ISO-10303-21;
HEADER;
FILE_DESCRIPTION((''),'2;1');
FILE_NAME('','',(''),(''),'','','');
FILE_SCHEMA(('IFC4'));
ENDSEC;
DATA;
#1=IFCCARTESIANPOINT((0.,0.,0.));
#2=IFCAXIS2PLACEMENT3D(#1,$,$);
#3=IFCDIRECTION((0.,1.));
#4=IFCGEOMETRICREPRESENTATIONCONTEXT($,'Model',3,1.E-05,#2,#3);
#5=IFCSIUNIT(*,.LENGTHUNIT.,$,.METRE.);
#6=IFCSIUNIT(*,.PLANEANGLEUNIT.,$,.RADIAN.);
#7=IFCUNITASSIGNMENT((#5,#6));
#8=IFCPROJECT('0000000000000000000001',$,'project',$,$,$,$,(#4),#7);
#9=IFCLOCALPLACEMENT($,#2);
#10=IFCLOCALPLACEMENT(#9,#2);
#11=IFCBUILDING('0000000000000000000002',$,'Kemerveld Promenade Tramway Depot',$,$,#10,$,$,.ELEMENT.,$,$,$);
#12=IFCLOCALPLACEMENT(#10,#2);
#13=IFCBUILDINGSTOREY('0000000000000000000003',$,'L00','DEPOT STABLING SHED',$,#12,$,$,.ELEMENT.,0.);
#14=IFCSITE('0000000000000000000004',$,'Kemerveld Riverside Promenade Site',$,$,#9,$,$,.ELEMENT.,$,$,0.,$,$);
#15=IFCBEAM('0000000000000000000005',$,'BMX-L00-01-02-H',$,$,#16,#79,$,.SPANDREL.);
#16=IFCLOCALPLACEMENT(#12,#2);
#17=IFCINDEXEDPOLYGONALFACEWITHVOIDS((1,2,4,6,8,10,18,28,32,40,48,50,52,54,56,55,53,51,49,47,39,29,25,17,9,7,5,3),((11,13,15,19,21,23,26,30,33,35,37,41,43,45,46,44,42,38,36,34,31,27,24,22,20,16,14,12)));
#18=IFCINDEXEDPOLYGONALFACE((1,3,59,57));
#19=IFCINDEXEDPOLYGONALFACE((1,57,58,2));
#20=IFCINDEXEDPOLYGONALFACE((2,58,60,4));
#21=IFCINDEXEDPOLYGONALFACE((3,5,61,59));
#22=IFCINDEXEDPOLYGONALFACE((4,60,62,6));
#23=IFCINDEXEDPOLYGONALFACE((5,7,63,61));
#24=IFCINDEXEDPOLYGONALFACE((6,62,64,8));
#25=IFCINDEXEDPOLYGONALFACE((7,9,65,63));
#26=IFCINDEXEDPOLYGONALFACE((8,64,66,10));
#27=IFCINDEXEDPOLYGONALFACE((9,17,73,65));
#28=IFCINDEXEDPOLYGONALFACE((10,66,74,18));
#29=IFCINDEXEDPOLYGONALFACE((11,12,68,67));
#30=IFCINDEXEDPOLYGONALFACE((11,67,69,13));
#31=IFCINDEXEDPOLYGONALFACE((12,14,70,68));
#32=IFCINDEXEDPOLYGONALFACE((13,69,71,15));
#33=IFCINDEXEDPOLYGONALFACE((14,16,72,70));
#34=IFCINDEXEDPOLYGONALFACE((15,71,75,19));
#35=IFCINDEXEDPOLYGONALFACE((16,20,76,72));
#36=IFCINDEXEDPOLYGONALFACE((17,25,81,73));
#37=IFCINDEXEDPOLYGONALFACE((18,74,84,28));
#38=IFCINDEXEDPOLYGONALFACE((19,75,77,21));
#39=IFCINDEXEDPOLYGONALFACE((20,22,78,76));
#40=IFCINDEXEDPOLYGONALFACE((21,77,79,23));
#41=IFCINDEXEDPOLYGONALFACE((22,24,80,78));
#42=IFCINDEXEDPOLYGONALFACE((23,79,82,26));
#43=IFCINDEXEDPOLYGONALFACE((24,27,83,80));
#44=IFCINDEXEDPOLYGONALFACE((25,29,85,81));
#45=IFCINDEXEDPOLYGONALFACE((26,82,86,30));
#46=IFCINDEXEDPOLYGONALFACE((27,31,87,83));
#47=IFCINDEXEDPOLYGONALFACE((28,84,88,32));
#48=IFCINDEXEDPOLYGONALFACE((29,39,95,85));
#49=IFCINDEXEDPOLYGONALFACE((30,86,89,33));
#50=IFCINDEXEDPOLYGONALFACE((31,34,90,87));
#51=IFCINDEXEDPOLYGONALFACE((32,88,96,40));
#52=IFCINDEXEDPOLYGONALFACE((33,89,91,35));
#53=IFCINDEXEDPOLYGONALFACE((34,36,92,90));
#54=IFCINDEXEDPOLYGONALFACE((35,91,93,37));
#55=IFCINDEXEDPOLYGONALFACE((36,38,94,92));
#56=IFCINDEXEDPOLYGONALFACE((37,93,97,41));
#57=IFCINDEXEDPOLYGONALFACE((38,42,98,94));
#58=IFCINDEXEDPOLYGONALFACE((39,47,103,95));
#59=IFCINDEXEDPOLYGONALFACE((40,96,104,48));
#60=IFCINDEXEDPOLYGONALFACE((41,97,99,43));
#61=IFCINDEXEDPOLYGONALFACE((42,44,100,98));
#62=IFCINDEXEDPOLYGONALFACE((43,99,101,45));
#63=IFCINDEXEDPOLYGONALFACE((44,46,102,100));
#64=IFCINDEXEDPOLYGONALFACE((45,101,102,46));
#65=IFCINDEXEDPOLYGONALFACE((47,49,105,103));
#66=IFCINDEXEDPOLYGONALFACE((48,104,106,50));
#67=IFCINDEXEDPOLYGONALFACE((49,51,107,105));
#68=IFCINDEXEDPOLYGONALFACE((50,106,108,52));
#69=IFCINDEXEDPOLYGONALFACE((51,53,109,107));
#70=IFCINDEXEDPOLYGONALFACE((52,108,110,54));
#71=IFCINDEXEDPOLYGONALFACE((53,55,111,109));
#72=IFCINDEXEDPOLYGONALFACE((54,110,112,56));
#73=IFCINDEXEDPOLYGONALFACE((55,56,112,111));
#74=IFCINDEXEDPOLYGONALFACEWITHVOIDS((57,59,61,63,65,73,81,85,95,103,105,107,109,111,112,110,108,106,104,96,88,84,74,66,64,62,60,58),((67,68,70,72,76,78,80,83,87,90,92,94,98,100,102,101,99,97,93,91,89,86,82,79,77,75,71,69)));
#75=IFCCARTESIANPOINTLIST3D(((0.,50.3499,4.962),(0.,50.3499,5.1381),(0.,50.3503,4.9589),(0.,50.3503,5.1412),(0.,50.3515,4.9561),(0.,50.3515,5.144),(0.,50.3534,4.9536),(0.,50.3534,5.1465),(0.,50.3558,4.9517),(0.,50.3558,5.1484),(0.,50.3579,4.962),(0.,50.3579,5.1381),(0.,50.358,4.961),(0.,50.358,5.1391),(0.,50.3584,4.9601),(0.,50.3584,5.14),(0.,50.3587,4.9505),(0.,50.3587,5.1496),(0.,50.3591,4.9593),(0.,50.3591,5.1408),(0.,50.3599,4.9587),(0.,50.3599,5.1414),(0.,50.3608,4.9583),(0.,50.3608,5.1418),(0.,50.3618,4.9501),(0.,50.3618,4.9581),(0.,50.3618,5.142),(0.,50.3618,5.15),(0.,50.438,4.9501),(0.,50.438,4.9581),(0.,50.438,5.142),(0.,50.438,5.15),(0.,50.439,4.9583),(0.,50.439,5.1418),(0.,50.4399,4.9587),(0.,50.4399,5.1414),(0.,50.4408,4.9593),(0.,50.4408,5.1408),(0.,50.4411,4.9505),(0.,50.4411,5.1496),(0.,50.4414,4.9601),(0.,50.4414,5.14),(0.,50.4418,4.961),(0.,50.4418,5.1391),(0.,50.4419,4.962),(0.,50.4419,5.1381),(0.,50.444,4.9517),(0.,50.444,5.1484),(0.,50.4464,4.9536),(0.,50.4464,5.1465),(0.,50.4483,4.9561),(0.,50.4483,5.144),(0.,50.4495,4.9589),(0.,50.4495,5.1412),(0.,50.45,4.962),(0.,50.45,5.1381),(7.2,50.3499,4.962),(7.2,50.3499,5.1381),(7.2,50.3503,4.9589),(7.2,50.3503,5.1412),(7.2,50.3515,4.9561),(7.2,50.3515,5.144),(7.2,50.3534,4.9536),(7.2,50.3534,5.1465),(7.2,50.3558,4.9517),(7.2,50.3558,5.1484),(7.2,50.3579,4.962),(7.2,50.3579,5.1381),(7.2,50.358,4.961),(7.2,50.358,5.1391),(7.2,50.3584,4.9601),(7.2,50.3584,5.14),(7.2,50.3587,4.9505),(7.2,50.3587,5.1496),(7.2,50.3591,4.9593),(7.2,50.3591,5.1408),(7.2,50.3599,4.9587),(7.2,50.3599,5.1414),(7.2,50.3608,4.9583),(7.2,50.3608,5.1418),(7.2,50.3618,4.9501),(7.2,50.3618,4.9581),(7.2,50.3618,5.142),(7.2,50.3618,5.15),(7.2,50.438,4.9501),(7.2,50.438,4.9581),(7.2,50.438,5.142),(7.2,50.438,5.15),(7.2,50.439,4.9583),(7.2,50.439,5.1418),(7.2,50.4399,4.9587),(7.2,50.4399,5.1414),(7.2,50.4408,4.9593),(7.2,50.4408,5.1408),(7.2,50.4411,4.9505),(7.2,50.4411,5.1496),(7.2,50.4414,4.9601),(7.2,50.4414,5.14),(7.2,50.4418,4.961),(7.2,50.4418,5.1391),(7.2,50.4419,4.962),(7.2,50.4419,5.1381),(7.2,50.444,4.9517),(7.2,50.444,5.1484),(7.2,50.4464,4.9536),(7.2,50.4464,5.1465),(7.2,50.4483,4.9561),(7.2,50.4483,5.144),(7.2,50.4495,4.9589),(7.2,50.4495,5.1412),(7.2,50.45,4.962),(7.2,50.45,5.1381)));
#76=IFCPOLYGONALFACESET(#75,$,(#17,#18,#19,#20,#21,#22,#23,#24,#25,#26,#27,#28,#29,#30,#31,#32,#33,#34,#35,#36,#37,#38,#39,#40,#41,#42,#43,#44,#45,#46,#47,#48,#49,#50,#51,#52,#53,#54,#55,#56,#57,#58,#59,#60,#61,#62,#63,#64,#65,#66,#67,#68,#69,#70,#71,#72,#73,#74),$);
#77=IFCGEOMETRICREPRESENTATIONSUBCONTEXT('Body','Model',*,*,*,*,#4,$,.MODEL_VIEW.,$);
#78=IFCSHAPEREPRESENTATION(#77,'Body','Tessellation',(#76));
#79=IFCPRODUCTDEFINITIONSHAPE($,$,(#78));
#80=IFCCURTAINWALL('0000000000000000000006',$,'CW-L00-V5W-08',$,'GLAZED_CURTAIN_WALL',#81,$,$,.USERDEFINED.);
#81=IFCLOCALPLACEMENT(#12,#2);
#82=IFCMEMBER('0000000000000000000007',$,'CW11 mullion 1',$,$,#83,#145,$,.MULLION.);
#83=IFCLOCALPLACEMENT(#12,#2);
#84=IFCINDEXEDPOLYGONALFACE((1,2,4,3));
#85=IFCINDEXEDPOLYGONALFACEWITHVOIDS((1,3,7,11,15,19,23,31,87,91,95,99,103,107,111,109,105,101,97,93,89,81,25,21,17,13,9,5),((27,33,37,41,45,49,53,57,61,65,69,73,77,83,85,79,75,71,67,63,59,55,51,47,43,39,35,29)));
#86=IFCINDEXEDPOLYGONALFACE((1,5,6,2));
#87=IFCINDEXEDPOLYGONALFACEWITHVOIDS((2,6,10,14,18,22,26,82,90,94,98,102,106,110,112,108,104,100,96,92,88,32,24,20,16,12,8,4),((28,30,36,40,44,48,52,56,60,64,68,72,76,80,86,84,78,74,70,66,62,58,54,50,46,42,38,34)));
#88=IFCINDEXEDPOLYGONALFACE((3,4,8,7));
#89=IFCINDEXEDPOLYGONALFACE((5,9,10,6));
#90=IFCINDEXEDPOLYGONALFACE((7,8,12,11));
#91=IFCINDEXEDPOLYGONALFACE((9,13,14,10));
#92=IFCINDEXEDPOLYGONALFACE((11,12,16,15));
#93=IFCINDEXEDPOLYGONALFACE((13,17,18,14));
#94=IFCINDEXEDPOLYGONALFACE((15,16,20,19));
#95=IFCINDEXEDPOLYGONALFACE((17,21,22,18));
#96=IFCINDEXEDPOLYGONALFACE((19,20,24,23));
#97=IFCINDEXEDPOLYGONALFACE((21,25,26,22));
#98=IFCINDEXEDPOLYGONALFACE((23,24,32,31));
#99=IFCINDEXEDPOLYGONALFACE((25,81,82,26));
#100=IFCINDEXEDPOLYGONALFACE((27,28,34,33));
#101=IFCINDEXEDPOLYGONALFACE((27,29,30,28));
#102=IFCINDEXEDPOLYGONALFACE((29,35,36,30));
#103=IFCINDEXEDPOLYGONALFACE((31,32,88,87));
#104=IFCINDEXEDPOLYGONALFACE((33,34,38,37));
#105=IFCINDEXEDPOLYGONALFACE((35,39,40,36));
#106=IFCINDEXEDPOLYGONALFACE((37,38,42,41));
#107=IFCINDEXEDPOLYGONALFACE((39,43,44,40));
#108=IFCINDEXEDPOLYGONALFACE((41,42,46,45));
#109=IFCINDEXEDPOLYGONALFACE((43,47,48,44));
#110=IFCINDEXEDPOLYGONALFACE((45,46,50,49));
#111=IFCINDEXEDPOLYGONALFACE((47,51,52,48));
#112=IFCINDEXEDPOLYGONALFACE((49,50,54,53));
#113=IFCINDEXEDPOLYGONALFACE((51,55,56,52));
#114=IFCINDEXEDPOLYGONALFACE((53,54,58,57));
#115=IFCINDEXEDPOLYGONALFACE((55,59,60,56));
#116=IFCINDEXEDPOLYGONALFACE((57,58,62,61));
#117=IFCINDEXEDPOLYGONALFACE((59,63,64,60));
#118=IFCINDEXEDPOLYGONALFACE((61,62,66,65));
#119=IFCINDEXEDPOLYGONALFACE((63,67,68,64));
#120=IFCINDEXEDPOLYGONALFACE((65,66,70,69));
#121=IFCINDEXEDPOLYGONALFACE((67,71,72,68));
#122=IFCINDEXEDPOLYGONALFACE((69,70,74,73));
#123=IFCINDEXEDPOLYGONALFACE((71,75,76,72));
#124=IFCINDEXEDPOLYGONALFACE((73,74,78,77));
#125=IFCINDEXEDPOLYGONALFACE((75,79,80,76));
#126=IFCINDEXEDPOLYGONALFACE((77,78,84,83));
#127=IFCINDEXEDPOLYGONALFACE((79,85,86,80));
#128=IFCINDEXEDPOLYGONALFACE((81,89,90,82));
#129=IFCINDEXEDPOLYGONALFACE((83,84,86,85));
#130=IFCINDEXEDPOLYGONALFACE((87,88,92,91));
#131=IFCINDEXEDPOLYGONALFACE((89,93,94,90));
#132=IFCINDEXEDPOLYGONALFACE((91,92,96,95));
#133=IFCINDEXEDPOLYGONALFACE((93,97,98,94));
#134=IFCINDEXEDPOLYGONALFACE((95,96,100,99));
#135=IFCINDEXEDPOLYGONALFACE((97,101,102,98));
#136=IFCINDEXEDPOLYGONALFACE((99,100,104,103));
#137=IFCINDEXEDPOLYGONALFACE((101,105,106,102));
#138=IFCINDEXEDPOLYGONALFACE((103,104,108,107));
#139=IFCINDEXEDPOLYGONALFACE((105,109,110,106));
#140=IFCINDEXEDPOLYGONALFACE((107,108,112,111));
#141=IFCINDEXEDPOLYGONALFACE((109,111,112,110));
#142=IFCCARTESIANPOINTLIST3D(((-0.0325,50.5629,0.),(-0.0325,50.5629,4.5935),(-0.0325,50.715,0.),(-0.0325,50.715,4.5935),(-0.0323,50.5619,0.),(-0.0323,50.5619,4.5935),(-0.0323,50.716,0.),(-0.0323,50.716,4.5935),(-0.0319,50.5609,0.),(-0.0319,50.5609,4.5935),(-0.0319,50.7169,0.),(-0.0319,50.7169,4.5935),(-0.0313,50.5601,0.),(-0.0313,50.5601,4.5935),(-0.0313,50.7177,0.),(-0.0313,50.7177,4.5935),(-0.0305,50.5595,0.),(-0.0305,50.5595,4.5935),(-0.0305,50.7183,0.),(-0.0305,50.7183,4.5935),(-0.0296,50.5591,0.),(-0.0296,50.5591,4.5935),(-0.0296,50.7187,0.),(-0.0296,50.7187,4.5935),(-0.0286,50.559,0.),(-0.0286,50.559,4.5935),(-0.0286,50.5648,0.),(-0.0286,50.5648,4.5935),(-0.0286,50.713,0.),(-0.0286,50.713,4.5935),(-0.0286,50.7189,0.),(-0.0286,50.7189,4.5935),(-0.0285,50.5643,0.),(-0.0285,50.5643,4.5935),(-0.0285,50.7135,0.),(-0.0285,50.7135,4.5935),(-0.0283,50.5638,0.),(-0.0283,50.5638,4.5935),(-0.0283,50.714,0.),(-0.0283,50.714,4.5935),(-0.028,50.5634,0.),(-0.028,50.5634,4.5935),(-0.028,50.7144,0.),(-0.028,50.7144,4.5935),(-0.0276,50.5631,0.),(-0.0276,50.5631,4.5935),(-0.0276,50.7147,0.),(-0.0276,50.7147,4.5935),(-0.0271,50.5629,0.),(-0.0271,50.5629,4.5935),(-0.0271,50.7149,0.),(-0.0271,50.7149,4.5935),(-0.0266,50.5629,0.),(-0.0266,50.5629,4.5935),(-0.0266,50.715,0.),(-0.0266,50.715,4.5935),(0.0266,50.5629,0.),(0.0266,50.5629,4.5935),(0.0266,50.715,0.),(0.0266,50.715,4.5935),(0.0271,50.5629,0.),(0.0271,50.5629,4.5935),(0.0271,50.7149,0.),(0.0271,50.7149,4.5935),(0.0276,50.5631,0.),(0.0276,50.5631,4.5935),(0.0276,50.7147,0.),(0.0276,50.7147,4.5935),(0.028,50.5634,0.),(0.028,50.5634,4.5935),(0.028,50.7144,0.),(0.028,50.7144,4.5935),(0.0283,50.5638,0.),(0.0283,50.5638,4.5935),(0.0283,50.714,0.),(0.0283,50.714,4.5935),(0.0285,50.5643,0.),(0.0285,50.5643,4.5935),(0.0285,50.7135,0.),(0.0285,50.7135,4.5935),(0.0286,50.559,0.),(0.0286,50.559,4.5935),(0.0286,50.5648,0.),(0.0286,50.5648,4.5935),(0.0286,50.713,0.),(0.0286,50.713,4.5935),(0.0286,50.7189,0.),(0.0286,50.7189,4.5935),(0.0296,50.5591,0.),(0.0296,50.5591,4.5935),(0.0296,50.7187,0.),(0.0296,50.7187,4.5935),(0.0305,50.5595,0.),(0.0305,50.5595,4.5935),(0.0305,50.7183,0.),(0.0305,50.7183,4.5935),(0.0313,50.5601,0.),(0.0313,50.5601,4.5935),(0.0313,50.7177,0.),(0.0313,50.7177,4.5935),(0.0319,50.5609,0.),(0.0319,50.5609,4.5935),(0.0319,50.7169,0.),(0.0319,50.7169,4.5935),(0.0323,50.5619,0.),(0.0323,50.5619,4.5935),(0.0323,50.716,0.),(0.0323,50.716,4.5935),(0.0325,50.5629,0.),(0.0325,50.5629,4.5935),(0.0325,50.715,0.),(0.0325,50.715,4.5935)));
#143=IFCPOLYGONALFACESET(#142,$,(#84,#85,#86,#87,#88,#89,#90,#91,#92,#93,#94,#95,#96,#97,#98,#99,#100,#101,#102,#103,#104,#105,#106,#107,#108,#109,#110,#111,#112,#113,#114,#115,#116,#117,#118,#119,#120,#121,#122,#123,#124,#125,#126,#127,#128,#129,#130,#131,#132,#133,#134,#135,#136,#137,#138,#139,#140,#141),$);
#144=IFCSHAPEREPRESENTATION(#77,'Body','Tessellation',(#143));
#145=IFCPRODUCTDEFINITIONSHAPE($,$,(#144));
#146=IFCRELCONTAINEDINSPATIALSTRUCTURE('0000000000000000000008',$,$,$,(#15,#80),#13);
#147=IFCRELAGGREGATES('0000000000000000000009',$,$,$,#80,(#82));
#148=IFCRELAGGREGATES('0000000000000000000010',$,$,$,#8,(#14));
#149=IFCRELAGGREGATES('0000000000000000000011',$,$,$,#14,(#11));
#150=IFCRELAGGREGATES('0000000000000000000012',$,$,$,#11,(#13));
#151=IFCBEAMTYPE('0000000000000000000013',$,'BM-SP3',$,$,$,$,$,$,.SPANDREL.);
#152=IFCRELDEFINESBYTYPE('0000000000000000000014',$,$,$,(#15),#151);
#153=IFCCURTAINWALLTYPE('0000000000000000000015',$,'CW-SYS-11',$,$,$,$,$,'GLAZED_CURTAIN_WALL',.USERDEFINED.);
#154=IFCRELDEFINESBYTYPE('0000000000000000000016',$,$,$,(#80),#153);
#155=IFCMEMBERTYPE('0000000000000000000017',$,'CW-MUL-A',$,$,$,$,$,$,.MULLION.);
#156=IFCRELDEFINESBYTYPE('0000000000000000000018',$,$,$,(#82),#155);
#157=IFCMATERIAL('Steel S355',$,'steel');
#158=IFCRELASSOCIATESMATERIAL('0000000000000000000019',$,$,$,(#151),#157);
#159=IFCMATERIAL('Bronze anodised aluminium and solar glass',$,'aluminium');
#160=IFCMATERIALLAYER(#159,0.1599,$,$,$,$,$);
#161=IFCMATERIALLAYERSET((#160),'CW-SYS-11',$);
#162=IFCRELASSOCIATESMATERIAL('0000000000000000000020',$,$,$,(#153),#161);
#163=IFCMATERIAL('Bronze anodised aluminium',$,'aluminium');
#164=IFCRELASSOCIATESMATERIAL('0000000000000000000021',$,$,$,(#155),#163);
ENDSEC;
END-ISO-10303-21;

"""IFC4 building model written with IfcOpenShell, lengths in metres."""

from ifc_helpers import new_model, si_unit, direction, frame, origin, origin_2d, place, context, subcontext, project, spatial, hollow_rectangle, extrude, material, layer, layer_set, material_profile, profile_set, type_object, element, aggregate, save


model = new_model("IFC4")

# Units and contexts
model_context = context("Model", 3, precision=1e-05, world=origin(), true_north=direction((0.0, 1.0)))
body_context = subcontext(model_context, "Body", "Model", "MODEL_VIEW")
ifc_project = project(units=[si_unit("LENGTHUNIT", "METRE"), si_unit("PLANEANGLEUNIT", "RADIAN")], contexts=[model_context])

# Site, building, storey
site_placement = place(None, origin())
site = spatial("IfcSite", under=ifc_project, at=site_placement, Name="Kemerveld Riverside Promenade Site", CompositionType="ELEMENT", RefElevation=0.0)
building_placement = place(site_placement, origin())
building = spatial("IfcBuilding", under=site, at=building_placement, Name="Kemerveld Promenade Tramway Depot", CompositionType="ELEMENT")
storey_placement = place(building_placement, origin())
storey = spatial("IfcBuildingStorey", under=building, at=storey_placement, Name="L00", Description="DEPOT STABLING SHED", CompositionType="ELEMENT", Elevation=0.0)

# Shared definitions
ifc_material_1 = material(Name="Steel S355", Category="steel")

# Beam
ifc_material_profile_1 = material_profile(ifc_material_1, hollow_rectangle(XDim=0.1001, YDim=0.2, WallThickness=0.0081, InnerFilletRadius=0.0039, OuterFilletRadius=0.012, at=origin_2d()), Name="200x100x8.0 RHS")
ifc_profile_set_1 = profile_set([ifc_material_profile_1], Name="Steel S355")
beam_type_1 = type_object("IfcBeamType", Name="BM-SP3", PredefinedType="SPANDREL", material=ifc_profile_set_1)
beam_1_placement = place(storey_placement, frame((0.0, 50.3999, 5.05), z_axis=(1.0, 0.0, 0.0), x_axis=(0.0, 1.0, 0.0)))
element("IfcBeam", 1, at=beam_1_placement, inside=storey, type_object=beam_type_1, Name="BMX-L00-01-02-H", PredefinedType="SPANDREL", context=body_context, shape_type="SweptSolid", body=[
    extrude(hollow_rectangle(XDim=0.1001, YDim=0.2, WallThickness=0.0081, InnerFilletRadius=0.0039, OuterFilletRadius=0.012, at=origin_2d()), origin(), (0.0, 0.0, 1.0), 7.2),
])

# Curtain wall, member
ifc_material_2 = material(Name="Bronze anodised aluminium and solar glass", Category="aluminium")
ifc_layer_1 = layer(ifc_material_2, 0.1599)
ifc_layer_set_1 = layer_set([ifc_layer_1], Name="CW-SYS-11")
curtain_wall_type = type_object("IfcCurtainWallType", Name="CW-SYS-11", ElementType="GLAZED_CURTAIN_WALL", PredefinedType="USERDEFINED", material=ifc_layer_set_1)
curtain_wall_placement = place(storey_placement, origin())
curtain_wall = element("IfcCurtainWall", 2, at=curtain_wall_placement, inside=storey, type_object=curtain_wall_type, Name="CW-L00-V5W-08", ObjectType="GLAZED_CURTAIN_WALL", PredefinedType="USERDEFINED")
ifc_material_3 = material(Name="Bronze anodised aluminium", Category="aluminium")
ifc_material_profile_2 = material_profile(ifc_material_3, hollow_rectangle(XDim=0.0649, YDim=0.1599, WallThickness=0.0039, InnerFilletRadius=0.002, OuterFilletRadius=0.0039, at=origin_2d()), Name="CW-MUL-160x65")
ifc_profile_set_2 = profile_set([ifc_material_profile_2], Name="Bronze anodised aluminium")
member_type_1 = type_object("IfcMemberType", Name="CW-MUL-A", PredefinedType="MULLION", material=ifc_profile_set_2)
member_1_placement = place(storey_placement, frame((0.0, 50.6389, 0.0), z_axis=(0.0, 0.0, 1.0), x_axis=(-1.0, 0.0, 0.0)))
member_1 = element("IfcMember", 3, at=member_1_placement, type_object=member_type_1, Name="CW11 mullion 1", PredefinedType="MULLION", context=body_context, shape_type="SweptSolid", body=[
    extrude(hollow_rectangle(XDim=0.0649, YDim=0.1599, WallThickness=0.0039, InnerFilletRadius=0.002, OuterFilletRadius=0.0039, at=origin_2d()), origin(), (0.0, 0.0, 1.0), 4.5935),
])
aggregate(curtain_wall, [member_1])

save(model, "model.ifc")
